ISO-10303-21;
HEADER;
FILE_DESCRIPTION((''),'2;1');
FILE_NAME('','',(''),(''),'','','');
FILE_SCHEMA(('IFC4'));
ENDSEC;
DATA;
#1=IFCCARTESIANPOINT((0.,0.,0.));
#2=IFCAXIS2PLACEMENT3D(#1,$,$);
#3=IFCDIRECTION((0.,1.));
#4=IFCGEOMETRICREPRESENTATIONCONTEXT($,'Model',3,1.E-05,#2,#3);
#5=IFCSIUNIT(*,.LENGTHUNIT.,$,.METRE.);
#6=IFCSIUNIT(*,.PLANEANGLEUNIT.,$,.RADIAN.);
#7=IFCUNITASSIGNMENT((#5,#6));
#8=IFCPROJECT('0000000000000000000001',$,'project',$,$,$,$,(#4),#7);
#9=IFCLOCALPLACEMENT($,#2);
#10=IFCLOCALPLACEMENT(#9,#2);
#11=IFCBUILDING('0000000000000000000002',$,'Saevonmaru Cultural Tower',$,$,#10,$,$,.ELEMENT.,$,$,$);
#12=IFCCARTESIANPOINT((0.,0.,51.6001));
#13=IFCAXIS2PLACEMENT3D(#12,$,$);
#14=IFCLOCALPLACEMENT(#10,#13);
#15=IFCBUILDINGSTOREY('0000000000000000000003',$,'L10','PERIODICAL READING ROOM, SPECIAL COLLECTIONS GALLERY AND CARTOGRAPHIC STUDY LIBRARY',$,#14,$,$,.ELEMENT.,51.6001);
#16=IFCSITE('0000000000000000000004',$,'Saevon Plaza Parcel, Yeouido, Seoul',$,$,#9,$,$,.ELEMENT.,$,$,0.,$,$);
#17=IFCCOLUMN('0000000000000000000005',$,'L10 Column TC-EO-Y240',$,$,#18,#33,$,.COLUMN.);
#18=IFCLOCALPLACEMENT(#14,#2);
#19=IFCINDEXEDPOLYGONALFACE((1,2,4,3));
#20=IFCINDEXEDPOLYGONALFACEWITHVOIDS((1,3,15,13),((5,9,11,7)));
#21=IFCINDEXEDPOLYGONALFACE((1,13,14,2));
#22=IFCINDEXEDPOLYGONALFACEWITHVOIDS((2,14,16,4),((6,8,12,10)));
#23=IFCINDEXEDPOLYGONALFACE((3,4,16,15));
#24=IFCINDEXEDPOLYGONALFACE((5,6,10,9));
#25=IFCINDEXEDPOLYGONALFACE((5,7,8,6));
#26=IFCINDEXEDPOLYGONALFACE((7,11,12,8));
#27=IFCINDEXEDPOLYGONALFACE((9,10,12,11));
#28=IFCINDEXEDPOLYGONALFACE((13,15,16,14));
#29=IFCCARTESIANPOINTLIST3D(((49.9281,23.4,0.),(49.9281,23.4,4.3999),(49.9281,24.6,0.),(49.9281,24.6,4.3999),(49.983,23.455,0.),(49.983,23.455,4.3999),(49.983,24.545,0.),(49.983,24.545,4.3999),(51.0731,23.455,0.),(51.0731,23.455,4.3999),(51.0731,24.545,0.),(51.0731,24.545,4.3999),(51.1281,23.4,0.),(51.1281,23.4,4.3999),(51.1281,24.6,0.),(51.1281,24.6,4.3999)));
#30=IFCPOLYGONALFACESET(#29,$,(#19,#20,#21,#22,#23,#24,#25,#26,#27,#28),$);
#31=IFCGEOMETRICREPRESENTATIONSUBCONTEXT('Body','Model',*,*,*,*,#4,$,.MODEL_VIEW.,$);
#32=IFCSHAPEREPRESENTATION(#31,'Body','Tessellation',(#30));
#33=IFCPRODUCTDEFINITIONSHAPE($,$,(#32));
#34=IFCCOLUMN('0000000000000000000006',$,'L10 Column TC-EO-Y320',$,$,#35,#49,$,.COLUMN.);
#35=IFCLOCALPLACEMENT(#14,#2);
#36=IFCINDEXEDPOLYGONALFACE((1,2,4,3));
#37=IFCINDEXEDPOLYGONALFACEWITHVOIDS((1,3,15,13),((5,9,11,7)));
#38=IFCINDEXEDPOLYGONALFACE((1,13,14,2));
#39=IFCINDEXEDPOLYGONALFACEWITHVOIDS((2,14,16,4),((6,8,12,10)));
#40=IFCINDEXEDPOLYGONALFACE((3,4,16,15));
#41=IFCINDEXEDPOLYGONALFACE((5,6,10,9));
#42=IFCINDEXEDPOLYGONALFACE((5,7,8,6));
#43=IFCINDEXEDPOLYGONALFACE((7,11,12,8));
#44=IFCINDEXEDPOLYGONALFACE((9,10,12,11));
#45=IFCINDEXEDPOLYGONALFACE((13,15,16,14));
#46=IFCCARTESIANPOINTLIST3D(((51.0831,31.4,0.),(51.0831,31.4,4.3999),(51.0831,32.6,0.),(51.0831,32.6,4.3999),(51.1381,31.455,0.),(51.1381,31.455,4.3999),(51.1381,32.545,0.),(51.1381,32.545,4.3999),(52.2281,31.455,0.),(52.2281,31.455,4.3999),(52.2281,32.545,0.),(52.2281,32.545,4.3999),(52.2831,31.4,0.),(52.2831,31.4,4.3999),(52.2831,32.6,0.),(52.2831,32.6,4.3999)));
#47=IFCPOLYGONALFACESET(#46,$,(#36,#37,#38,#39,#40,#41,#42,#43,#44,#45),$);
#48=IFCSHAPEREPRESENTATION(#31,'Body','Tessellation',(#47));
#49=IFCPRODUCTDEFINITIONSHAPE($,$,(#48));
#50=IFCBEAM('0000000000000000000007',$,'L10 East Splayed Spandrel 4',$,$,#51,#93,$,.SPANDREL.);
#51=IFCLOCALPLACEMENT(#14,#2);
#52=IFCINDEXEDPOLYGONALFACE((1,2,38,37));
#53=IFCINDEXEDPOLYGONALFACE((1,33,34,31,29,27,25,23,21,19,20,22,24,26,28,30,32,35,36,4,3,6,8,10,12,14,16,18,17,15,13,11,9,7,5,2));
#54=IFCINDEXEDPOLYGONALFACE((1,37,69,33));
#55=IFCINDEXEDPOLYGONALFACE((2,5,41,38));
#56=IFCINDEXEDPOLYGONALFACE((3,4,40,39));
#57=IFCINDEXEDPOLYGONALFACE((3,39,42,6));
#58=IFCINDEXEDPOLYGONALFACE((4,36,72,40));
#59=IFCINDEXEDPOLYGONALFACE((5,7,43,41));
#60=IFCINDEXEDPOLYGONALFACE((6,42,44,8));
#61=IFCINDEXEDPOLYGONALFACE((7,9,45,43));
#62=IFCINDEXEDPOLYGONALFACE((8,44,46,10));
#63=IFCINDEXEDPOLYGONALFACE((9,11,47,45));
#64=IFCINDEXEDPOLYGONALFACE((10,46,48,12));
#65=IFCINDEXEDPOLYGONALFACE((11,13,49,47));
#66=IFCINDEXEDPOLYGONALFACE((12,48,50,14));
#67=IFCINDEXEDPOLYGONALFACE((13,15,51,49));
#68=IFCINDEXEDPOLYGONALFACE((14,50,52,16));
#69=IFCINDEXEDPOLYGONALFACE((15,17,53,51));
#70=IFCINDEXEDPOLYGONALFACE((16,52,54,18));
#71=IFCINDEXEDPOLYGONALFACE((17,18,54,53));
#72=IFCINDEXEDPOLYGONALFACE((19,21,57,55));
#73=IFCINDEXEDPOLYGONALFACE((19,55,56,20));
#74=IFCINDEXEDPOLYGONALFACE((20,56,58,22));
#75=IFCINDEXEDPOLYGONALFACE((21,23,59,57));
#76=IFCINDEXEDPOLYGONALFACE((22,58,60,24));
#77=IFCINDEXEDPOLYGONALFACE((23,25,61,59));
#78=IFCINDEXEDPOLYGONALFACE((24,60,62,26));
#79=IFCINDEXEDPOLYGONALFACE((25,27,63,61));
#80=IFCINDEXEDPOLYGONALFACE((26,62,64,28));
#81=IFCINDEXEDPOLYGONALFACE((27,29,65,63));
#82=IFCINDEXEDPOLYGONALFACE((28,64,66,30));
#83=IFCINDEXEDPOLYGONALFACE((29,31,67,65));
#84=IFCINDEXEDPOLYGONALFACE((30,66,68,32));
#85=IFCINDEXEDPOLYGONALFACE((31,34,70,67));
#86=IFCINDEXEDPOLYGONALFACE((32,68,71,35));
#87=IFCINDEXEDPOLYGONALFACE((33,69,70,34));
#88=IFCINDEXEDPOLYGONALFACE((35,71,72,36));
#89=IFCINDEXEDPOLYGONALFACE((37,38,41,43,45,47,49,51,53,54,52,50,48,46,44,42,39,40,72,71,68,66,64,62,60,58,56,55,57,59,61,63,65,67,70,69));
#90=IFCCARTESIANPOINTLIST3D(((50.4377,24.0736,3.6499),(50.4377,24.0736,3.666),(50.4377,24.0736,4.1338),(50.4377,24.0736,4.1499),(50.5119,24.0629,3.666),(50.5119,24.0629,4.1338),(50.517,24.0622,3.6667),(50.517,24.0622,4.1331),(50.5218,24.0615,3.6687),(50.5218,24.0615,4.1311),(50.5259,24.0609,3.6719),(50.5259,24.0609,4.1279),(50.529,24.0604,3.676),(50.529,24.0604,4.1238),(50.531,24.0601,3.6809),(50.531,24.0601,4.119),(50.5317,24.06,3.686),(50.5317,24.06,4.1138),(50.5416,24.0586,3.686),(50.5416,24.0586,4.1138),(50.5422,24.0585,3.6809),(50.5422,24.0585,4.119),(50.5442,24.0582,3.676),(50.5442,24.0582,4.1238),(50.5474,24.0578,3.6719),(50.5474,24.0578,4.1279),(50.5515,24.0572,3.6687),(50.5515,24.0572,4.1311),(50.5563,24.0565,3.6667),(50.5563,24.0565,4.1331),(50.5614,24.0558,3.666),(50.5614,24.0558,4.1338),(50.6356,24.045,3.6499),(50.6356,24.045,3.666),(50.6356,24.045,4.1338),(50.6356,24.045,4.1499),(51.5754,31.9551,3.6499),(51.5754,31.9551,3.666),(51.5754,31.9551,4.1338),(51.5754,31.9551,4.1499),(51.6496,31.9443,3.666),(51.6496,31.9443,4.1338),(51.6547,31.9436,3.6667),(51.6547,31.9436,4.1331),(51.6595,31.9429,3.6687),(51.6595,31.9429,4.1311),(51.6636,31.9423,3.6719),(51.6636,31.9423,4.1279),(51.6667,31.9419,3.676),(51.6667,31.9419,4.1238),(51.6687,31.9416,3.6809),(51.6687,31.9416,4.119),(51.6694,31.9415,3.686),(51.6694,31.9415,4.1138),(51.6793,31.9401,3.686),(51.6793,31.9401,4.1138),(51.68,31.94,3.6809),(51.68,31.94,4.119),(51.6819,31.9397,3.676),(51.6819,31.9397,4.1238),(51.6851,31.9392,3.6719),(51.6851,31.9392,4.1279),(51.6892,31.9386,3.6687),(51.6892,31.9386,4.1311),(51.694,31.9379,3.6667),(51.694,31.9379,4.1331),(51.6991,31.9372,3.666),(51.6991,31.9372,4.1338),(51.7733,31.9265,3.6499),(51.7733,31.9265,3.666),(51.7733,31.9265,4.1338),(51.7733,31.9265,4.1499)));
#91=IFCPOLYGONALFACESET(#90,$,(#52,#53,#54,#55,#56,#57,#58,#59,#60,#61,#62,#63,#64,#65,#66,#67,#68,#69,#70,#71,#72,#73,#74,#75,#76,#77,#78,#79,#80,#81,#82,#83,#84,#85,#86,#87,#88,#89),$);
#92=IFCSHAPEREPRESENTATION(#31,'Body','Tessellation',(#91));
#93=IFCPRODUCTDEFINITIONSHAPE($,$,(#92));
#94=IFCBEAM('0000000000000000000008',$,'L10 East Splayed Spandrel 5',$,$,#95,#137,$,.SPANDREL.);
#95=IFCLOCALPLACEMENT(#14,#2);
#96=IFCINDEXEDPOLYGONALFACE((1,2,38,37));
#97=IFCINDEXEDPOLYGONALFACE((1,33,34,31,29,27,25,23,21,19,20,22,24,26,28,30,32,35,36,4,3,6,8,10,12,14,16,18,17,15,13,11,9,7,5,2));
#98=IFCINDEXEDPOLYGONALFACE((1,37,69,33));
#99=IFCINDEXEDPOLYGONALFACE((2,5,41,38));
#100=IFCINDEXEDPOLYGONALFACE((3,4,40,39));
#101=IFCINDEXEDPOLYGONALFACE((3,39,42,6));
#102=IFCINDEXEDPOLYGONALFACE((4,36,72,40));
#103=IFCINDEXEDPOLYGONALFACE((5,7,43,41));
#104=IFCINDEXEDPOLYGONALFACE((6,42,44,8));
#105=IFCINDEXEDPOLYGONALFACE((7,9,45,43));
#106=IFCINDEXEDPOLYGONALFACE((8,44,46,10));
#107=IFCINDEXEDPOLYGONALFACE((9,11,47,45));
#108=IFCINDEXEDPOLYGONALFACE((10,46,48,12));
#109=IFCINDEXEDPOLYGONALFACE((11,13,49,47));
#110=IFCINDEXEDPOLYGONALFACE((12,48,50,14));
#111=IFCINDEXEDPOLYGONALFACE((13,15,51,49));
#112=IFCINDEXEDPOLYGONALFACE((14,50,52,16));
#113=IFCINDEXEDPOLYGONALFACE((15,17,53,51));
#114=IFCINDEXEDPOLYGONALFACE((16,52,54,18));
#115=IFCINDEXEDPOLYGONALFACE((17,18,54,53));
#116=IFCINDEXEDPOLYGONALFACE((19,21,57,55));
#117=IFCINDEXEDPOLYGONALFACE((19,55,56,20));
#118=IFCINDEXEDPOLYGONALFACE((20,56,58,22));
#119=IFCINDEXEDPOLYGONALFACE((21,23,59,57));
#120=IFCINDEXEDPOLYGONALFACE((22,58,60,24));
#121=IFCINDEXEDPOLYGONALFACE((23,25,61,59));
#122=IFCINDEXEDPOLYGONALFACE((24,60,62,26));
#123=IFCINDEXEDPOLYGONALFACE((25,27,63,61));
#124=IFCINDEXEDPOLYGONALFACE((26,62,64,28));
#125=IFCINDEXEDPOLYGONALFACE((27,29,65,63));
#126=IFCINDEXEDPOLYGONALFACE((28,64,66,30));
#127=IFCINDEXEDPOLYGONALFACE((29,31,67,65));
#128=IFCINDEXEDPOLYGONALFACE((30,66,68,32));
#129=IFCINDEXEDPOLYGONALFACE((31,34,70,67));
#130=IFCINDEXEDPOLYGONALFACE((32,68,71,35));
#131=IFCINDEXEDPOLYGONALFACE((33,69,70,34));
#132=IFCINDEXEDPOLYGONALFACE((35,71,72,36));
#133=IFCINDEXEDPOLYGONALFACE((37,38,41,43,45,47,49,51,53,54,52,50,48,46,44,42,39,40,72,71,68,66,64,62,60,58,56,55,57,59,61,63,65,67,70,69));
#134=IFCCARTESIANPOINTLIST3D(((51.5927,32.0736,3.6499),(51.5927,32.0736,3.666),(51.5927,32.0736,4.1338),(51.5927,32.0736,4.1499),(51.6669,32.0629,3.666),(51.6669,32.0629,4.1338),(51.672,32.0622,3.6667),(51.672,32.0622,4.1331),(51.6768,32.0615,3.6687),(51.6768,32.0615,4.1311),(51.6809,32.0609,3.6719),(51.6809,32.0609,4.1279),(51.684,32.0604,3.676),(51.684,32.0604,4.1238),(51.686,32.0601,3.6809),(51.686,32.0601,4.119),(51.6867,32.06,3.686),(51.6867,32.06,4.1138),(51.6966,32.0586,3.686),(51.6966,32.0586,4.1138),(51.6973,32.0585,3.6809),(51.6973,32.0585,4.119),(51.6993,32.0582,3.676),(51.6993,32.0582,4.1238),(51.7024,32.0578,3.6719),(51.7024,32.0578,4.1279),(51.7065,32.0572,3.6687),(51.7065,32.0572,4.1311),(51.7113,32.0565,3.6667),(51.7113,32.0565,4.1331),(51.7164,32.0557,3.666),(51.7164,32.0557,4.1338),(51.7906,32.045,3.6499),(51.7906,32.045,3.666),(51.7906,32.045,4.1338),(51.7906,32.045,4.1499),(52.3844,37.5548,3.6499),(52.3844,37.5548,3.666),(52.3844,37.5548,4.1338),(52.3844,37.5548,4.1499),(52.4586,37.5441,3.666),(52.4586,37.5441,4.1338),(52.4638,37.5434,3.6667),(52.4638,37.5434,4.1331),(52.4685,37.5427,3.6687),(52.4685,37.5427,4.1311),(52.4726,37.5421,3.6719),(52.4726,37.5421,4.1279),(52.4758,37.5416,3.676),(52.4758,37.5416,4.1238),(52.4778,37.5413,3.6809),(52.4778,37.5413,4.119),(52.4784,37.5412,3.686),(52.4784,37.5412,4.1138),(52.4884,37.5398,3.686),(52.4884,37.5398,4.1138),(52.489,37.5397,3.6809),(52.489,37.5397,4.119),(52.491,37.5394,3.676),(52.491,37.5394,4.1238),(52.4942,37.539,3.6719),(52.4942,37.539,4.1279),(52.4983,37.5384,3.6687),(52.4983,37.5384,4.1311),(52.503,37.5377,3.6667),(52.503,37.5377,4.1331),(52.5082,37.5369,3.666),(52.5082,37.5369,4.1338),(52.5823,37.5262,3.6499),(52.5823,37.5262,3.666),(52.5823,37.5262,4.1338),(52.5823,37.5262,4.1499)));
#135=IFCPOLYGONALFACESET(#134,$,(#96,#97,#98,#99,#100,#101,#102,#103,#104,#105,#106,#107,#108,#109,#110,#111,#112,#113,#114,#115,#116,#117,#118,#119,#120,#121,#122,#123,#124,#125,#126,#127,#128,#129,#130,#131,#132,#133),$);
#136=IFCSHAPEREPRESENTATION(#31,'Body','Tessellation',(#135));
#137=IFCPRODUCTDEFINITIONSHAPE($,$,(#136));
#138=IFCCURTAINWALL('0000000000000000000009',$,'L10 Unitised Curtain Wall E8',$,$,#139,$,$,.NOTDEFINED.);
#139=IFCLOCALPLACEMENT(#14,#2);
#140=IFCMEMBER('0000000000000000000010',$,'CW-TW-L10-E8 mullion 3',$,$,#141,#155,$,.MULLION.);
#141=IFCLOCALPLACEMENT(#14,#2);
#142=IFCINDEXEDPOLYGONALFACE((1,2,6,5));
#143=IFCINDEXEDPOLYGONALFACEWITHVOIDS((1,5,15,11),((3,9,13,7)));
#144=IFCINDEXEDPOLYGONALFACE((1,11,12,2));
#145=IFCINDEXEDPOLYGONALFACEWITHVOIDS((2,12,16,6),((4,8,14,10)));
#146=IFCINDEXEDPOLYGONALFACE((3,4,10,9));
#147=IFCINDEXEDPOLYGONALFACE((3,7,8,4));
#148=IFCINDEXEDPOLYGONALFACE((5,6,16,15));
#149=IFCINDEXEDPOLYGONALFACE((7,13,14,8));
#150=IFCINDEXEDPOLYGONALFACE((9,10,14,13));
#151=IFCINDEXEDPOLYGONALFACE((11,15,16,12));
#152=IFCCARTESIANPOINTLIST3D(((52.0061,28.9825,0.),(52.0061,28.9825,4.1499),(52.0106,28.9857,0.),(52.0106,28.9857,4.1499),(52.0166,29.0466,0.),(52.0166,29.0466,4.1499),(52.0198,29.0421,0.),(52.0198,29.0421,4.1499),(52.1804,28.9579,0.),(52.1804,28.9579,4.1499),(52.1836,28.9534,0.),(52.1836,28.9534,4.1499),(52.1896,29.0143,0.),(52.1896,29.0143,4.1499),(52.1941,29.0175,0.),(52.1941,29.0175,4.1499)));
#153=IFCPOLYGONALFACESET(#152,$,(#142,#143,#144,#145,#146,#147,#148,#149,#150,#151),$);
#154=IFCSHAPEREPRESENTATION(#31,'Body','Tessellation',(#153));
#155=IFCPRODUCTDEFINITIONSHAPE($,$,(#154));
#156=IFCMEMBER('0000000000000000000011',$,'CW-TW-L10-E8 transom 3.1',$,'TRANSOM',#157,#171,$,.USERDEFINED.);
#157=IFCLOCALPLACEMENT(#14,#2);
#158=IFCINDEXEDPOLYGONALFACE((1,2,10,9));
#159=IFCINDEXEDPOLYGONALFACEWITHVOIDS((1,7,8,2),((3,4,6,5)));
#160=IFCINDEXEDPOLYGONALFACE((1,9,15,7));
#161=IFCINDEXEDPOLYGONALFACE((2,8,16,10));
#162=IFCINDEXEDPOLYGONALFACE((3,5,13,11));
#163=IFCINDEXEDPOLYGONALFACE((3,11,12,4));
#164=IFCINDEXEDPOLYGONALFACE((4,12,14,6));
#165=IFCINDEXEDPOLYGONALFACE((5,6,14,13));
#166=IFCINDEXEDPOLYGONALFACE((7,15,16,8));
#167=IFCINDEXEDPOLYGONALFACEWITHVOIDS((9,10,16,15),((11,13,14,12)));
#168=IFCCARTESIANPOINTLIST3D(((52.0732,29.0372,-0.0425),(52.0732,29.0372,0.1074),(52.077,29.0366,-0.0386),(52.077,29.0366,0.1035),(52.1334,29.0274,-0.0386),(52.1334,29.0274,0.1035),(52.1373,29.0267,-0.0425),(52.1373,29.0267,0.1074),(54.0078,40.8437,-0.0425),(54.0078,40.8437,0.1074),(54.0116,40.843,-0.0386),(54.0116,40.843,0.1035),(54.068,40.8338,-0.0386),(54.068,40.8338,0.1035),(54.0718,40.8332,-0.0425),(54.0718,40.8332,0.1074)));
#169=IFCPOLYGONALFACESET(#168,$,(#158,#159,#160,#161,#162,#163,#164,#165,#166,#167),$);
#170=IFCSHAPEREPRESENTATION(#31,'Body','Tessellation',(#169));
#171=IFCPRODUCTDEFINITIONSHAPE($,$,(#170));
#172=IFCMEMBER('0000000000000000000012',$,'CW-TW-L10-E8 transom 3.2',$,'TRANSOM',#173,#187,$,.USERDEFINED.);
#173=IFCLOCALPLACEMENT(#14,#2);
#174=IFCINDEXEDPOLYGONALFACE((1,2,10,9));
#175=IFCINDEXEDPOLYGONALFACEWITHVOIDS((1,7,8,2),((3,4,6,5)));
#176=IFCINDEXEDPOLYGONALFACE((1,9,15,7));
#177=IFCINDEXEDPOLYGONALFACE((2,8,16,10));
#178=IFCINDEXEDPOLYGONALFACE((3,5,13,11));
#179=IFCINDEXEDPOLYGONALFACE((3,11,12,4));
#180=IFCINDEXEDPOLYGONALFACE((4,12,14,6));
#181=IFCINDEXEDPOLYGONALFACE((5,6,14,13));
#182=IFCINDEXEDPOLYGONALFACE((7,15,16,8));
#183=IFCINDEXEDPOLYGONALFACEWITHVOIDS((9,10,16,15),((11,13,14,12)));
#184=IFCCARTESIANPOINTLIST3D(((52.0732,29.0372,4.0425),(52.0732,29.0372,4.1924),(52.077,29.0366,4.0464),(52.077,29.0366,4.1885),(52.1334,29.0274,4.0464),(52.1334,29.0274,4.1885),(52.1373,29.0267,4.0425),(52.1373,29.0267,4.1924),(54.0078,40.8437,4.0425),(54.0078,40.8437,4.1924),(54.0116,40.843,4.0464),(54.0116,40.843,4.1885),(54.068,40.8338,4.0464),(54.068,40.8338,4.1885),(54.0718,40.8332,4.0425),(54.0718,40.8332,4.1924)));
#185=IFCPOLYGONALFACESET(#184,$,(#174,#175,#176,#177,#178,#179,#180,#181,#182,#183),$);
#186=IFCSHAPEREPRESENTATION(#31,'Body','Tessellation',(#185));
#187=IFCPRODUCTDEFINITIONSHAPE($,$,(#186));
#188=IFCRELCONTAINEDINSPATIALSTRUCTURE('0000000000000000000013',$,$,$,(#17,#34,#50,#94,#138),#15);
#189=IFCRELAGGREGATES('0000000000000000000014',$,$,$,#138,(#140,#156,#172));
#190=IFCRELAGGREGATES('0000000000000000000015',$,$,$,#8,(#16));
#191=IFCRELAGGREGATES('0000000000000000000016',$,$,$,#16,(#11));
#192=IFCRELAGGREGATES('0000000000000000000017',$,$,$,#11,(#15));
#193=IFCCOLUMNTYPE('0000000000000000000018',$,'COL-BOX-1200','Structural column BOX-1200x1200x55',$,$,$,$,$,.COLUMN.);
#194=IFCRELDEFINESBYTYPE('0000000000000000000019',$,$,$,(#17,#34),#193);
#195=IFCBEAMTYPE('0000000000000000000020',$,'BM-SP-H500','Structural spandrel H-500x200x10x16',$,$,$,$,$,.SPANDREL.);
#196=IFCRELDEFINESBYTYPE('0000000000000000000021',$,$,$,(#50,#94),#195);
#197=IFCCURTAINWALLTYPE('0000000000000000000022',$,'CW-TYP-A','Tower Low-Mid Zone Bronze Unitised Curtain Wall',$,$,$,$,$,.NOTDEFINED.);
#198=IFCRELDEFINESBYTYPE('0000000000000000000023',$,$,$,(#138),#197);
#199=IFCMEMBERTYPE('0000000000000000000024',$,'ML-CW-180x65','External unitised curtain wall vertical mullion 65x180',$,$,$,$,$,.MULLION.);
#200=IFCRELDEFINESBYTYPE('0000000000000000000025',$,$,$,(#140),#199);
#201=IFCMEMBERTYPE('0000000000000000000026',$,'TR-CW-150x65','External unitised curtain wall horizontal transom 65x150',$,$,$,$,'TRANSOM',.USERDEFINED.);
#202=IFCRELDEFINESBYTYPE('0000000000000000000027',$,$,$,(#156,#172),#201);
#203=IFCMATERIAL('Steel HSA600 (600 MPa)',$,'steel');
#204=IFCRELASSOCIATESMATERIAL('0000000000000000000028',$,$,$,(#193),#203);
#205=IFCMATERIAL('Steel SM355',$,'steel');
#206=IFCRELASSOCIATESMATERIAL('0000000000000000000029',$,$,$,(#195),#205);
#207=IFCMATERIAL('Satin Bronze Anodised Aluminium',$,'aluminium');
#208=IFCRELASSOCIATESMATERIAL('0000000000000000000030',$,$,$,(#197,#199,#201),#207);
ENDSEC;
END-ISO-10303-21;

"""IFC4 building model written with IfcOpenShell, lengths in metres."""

from ifc_helpers import new_model, si_unit, direction, frame, origin, origin_2d, place, context, subcontext, project, spatial, hollow_rectangle, i_section, extrude, material, material_profile, profile_set, type_object, element, aggregate, save


model = new_model("IFC4")

# Units and contexts
model_context = context("Model", 3, precision=1e-05, world=origin(), true_north=direction((0.0, 1.0)))
body_context = subcontext(model_context, "Body", "Model", "MODEL_VIEW")
ifc_project = project(units=[si_unit("LENGTHUNIT", "METRE"), si_unit("PLANEANGLEUNIT", "RADIAN")], contexts=[model_context])

# Site, building, storey
site_placement = place(None, origin())
site = spatial("IfcSite", under=ifc_project, at=site_placement, Name="Saevon Plaza Parcel, Yeouido, Seoul", CompositionType="ELEMENT", RefElevation=0.0)
building_placement = place(site_placement, origin())
building = spatial("IfcBuilding", under=site, at=building_placement, Name="Saevonmaru Cultural Tower", CompositionType="ELEMENT")
storey_placement = place(building_placement, frame((0.0, 0.0, 51.6001)))
storey = spatial("IfcBuildingStorey", under=building, at=storey_placement, Name="L10", Description="PERIODICAL READING ROOM, SPECIAL COLLECTIONS GALLERY AND CARTOGRAPHIC STUDY LIBRARY", CompositionType="ELEMENT", Elevation=51.6001)

# Columns
ifc_material_1 = material(Name="Steel HSA600 (600 MPa)", Category="steel")
ifc_material_profile_1 = material_profile(ifc_material_1, hollow_rectangle(XDim=1.2, YDim=1.2, WallThickness=0.0549, at=origin_2d()), Name="BOX-1200x1200x55")
ifc_profile_set_1 = profile_set([ifc_material_profile_1], Name="Steel HSA600 (600 MPa)")
column_type = type_object("IfcColumnType", Name="COL-BOX-1200", Description="Structural column BOX-1200x1200x55", PredefinedType="COLUMN", material=ifc_profile_set_1)
for number, where, z_axis, x_axis, name in (
    (1, (50.5281, 24.0, 0.0), (0.0, 0.0, 1.0), (1.0, 0.0, 0.0), "L10 Column TC-EO-Y240"),
    (2, (51.6831, 32.0, 0.0), (0.0, 0.0, 1.0), (1.0, 0.0, 0.0), "L10 Column TC-EO-Y320"),
):
    element("IfcColumn", number, at=place(storey_placement, frame(where, z_axis=z_axis, x_axis=x_axis)), inside=storey, type_object=column_type, Name=name, PredefinedType="COLUMN", context=body_context, shape_type="SweptSolid", body=[
        extrude(hollow_rectangle(XDim=1.2, YDim=1.2, WallThickness=0.0549, at=origin_2d()), origin(), (0.0, 0.0, 1.0), 4.3999),
    ])

# Beams
ifc_material_2 = material(Name="Steel SM355", Category="steel")
ifc_material_profile_2 = material_profile(ifc_material_2, i_section(OverallWidth=0.2, OverallDepth=0.5, WebThickness=0.01, FlangeThickness=0.0161, FilletRadius=0.02, at=origin_2d()), Name="H-500x200x10x16")
ifc_profile_set_2 = profile_set([ifc_material_profile_2], Name="Steel SM355")
beam_type = type_object("IfcBeamType", Name="BM-SP-H500", Description="Structural spandrel H-500x200x10x16", PredefinedType="SPANDREL", material=ifc_profile_set_2)
beam_1_placement = place(storey_placement, frame((50.5366, 24.0593, 3.8999), z_axis=(0.142872, 0.989741, 0.0), x_axis=(-0.989741, 0.142872, 0.0)))
element("IfcBeam", 3, at=beam_1_placement, inside=storey, type_object=beam_type, Name="L10 East Splayed Spandrel 4", PredefinedType="SPANDREL", context=body_context, shape_type="SweptSolid", body=[
    extrude(i_section(OverallWidth=0.2, OverallDepth=0.5, WebThickness=0.01, FlangeThickness=0.0161, FilletRadius=0.02, at=origin_2d()), origin(), (0.0, 0.0, 1.0), 7.9631),
])
beam_2_placement = place(storey_placement, frame((51.6917, 32.0593, 3.8999), z_axis=(0.142964, 0.989728, 0.0), x_axis=(-0.989728, 0.142964, 0.0)))
element("IfcBeam", 4, at=beam_2_placement, inside=storey, type_object=beam_type, Name="L10 East Splayed Spandrel 5", PredefinedType="SPANDREL", context=body_context, shape_type="SweptSolid", body=[
    extrude(i_section(OverallWidth=0.2, OverallDepth=0.5, WebThickness=0.01, FlangeThickness=0.0161, FilletRadius=0.02, at=origin_2d()), origin(), (0.0, 0.0, 1.0), 5.5381),
])

# Curtain wall, members
ifc_material_3 = material(Name="Satin Bronze Anodised Aluminium", Category="aluminium")
curtain_wall_type = type_object("IfcCurtainWallType", Name="CW-TYP-A", Description="Tower Low-Mid Zone Bronze Unitised Curtain Wall", PredefinedType="NOTDEFINED", material=ifc_material_3)
curtain_wall_placement = place(storey_placement, origin())
curtain_wall = element("IfcCurtainWall", 5, at=curtain_wall_placement, inside=storey, type_object=curtain_wall_type, Name="L10 Unitised Curtain Wall E8", PredefinedType="NOTDEFINED")
ifc_material_profile_3 = material_profile(ifc_material_3, hollow_rectangle(XDim=0.0649, YDim=0.1799, WallThickness=0.0039, at=origin_2d()), Name="ALU-MULL-180x65x4")
ifc_profile_set_3 = profile_set([ifc_material_profile_3], Name="Satin Bronze Anodised Aluminium")
member_type_1 = type_object("IfcMemberType", Name="ML-CW-180x65", Description="External unitised curtain wall vertical mullion 65x180", PredefinedType="MULLION", material=ifc_profile_set_3)
member_1_placement = place(storey_placement, frame((52.1001, 29.0, 0.0), z_axis=(0.0, 0.0, 1.0), x_axis=(0.161709, 0.986839, 0.0)))
member_1 = element("IfcMember", 6, at=member_1_placement, type_object=member_type_1, Name="CW-TW-L10-E8 mullion 3", PredefinedType="MULLION", context=body_context, shape_type="SweptSolid", body=[
    extrude(hollow_rectangle(XDim=0.0649, YDim=0.1799, WallThickness=0.0039, at=origin_2d()), origin(), (0.0, 0.0, 1.0), 4.1499),
])
ifc_material_profile_4 = material_profile(ifc_material_3, hollow_rectangle(XDim=0.0649, YDim=0.1499, WallThickness=0.0039, at=origin_2d()), Name="ALU-TRAN-150x65x4")
ifc_profile_set_4 = profile_set([ifc_material_profile_4], Name="Satin Bronze Anodised Aluminium")
member_type_2 = type_object("IfcMemberType", Name="TR-CW-150x65", Description="External unitised curtain wall horizontal transom 65x150", ElementType="TRANSOM", PredefinedType="USERDEFINED", material=ifc_profile_set_4)
member_2_placement = place(storey_placement, frame((52.1052, 29.032, 0.0325), z_axis=(0.161701, 0.98684, 0.0), x_axis=(-0.98684, 0.161701, 0.0)))
member_2 = element("IfcMember", 7, at=member_2_placement, type_object=member_type_2, Name="CW-TW-L10-E8 transom 3.1", ObjectType="TRANSOM", PredefinedType="USERDEFINED", context=body_context, shape_type="SweptSolid", body=[
    extrude(hollow_rectangle(XDim=0.0649, YDim=0.1499, WallThickness=0.0039, at=origin_2d()), origin(), (0.0, 0.0, 1.0), 11.9639),
])
member_3_placement = place(storey_placement, frame((52.1052, 29.032, 4.1174), z_axis=(0.161701, 0.98684, 0.0), x_axis=(-0.98684, 0.161701, 0.0)))
member_3 = element("IfcMember", 8, at=member_3_placement, type_object=member_type_2, Name="CW-TW-L10-E8 transom 3.2", ObjectType="TRANSOM", PredefinedType="USERDEFINED", context=body_context, shape_type="SweptSolid", body=[
    extrude(hollow_rectangle(XDim=0.0649, YDim=0.1499, WallThickness=0.0039, at=origin_2d()), origin(), (0.0, 0.0, 1.0), 11.9639),
])
aggregate(curtain_wall, [member_1, member_2, member_3])

save(model, "model.ifc")
